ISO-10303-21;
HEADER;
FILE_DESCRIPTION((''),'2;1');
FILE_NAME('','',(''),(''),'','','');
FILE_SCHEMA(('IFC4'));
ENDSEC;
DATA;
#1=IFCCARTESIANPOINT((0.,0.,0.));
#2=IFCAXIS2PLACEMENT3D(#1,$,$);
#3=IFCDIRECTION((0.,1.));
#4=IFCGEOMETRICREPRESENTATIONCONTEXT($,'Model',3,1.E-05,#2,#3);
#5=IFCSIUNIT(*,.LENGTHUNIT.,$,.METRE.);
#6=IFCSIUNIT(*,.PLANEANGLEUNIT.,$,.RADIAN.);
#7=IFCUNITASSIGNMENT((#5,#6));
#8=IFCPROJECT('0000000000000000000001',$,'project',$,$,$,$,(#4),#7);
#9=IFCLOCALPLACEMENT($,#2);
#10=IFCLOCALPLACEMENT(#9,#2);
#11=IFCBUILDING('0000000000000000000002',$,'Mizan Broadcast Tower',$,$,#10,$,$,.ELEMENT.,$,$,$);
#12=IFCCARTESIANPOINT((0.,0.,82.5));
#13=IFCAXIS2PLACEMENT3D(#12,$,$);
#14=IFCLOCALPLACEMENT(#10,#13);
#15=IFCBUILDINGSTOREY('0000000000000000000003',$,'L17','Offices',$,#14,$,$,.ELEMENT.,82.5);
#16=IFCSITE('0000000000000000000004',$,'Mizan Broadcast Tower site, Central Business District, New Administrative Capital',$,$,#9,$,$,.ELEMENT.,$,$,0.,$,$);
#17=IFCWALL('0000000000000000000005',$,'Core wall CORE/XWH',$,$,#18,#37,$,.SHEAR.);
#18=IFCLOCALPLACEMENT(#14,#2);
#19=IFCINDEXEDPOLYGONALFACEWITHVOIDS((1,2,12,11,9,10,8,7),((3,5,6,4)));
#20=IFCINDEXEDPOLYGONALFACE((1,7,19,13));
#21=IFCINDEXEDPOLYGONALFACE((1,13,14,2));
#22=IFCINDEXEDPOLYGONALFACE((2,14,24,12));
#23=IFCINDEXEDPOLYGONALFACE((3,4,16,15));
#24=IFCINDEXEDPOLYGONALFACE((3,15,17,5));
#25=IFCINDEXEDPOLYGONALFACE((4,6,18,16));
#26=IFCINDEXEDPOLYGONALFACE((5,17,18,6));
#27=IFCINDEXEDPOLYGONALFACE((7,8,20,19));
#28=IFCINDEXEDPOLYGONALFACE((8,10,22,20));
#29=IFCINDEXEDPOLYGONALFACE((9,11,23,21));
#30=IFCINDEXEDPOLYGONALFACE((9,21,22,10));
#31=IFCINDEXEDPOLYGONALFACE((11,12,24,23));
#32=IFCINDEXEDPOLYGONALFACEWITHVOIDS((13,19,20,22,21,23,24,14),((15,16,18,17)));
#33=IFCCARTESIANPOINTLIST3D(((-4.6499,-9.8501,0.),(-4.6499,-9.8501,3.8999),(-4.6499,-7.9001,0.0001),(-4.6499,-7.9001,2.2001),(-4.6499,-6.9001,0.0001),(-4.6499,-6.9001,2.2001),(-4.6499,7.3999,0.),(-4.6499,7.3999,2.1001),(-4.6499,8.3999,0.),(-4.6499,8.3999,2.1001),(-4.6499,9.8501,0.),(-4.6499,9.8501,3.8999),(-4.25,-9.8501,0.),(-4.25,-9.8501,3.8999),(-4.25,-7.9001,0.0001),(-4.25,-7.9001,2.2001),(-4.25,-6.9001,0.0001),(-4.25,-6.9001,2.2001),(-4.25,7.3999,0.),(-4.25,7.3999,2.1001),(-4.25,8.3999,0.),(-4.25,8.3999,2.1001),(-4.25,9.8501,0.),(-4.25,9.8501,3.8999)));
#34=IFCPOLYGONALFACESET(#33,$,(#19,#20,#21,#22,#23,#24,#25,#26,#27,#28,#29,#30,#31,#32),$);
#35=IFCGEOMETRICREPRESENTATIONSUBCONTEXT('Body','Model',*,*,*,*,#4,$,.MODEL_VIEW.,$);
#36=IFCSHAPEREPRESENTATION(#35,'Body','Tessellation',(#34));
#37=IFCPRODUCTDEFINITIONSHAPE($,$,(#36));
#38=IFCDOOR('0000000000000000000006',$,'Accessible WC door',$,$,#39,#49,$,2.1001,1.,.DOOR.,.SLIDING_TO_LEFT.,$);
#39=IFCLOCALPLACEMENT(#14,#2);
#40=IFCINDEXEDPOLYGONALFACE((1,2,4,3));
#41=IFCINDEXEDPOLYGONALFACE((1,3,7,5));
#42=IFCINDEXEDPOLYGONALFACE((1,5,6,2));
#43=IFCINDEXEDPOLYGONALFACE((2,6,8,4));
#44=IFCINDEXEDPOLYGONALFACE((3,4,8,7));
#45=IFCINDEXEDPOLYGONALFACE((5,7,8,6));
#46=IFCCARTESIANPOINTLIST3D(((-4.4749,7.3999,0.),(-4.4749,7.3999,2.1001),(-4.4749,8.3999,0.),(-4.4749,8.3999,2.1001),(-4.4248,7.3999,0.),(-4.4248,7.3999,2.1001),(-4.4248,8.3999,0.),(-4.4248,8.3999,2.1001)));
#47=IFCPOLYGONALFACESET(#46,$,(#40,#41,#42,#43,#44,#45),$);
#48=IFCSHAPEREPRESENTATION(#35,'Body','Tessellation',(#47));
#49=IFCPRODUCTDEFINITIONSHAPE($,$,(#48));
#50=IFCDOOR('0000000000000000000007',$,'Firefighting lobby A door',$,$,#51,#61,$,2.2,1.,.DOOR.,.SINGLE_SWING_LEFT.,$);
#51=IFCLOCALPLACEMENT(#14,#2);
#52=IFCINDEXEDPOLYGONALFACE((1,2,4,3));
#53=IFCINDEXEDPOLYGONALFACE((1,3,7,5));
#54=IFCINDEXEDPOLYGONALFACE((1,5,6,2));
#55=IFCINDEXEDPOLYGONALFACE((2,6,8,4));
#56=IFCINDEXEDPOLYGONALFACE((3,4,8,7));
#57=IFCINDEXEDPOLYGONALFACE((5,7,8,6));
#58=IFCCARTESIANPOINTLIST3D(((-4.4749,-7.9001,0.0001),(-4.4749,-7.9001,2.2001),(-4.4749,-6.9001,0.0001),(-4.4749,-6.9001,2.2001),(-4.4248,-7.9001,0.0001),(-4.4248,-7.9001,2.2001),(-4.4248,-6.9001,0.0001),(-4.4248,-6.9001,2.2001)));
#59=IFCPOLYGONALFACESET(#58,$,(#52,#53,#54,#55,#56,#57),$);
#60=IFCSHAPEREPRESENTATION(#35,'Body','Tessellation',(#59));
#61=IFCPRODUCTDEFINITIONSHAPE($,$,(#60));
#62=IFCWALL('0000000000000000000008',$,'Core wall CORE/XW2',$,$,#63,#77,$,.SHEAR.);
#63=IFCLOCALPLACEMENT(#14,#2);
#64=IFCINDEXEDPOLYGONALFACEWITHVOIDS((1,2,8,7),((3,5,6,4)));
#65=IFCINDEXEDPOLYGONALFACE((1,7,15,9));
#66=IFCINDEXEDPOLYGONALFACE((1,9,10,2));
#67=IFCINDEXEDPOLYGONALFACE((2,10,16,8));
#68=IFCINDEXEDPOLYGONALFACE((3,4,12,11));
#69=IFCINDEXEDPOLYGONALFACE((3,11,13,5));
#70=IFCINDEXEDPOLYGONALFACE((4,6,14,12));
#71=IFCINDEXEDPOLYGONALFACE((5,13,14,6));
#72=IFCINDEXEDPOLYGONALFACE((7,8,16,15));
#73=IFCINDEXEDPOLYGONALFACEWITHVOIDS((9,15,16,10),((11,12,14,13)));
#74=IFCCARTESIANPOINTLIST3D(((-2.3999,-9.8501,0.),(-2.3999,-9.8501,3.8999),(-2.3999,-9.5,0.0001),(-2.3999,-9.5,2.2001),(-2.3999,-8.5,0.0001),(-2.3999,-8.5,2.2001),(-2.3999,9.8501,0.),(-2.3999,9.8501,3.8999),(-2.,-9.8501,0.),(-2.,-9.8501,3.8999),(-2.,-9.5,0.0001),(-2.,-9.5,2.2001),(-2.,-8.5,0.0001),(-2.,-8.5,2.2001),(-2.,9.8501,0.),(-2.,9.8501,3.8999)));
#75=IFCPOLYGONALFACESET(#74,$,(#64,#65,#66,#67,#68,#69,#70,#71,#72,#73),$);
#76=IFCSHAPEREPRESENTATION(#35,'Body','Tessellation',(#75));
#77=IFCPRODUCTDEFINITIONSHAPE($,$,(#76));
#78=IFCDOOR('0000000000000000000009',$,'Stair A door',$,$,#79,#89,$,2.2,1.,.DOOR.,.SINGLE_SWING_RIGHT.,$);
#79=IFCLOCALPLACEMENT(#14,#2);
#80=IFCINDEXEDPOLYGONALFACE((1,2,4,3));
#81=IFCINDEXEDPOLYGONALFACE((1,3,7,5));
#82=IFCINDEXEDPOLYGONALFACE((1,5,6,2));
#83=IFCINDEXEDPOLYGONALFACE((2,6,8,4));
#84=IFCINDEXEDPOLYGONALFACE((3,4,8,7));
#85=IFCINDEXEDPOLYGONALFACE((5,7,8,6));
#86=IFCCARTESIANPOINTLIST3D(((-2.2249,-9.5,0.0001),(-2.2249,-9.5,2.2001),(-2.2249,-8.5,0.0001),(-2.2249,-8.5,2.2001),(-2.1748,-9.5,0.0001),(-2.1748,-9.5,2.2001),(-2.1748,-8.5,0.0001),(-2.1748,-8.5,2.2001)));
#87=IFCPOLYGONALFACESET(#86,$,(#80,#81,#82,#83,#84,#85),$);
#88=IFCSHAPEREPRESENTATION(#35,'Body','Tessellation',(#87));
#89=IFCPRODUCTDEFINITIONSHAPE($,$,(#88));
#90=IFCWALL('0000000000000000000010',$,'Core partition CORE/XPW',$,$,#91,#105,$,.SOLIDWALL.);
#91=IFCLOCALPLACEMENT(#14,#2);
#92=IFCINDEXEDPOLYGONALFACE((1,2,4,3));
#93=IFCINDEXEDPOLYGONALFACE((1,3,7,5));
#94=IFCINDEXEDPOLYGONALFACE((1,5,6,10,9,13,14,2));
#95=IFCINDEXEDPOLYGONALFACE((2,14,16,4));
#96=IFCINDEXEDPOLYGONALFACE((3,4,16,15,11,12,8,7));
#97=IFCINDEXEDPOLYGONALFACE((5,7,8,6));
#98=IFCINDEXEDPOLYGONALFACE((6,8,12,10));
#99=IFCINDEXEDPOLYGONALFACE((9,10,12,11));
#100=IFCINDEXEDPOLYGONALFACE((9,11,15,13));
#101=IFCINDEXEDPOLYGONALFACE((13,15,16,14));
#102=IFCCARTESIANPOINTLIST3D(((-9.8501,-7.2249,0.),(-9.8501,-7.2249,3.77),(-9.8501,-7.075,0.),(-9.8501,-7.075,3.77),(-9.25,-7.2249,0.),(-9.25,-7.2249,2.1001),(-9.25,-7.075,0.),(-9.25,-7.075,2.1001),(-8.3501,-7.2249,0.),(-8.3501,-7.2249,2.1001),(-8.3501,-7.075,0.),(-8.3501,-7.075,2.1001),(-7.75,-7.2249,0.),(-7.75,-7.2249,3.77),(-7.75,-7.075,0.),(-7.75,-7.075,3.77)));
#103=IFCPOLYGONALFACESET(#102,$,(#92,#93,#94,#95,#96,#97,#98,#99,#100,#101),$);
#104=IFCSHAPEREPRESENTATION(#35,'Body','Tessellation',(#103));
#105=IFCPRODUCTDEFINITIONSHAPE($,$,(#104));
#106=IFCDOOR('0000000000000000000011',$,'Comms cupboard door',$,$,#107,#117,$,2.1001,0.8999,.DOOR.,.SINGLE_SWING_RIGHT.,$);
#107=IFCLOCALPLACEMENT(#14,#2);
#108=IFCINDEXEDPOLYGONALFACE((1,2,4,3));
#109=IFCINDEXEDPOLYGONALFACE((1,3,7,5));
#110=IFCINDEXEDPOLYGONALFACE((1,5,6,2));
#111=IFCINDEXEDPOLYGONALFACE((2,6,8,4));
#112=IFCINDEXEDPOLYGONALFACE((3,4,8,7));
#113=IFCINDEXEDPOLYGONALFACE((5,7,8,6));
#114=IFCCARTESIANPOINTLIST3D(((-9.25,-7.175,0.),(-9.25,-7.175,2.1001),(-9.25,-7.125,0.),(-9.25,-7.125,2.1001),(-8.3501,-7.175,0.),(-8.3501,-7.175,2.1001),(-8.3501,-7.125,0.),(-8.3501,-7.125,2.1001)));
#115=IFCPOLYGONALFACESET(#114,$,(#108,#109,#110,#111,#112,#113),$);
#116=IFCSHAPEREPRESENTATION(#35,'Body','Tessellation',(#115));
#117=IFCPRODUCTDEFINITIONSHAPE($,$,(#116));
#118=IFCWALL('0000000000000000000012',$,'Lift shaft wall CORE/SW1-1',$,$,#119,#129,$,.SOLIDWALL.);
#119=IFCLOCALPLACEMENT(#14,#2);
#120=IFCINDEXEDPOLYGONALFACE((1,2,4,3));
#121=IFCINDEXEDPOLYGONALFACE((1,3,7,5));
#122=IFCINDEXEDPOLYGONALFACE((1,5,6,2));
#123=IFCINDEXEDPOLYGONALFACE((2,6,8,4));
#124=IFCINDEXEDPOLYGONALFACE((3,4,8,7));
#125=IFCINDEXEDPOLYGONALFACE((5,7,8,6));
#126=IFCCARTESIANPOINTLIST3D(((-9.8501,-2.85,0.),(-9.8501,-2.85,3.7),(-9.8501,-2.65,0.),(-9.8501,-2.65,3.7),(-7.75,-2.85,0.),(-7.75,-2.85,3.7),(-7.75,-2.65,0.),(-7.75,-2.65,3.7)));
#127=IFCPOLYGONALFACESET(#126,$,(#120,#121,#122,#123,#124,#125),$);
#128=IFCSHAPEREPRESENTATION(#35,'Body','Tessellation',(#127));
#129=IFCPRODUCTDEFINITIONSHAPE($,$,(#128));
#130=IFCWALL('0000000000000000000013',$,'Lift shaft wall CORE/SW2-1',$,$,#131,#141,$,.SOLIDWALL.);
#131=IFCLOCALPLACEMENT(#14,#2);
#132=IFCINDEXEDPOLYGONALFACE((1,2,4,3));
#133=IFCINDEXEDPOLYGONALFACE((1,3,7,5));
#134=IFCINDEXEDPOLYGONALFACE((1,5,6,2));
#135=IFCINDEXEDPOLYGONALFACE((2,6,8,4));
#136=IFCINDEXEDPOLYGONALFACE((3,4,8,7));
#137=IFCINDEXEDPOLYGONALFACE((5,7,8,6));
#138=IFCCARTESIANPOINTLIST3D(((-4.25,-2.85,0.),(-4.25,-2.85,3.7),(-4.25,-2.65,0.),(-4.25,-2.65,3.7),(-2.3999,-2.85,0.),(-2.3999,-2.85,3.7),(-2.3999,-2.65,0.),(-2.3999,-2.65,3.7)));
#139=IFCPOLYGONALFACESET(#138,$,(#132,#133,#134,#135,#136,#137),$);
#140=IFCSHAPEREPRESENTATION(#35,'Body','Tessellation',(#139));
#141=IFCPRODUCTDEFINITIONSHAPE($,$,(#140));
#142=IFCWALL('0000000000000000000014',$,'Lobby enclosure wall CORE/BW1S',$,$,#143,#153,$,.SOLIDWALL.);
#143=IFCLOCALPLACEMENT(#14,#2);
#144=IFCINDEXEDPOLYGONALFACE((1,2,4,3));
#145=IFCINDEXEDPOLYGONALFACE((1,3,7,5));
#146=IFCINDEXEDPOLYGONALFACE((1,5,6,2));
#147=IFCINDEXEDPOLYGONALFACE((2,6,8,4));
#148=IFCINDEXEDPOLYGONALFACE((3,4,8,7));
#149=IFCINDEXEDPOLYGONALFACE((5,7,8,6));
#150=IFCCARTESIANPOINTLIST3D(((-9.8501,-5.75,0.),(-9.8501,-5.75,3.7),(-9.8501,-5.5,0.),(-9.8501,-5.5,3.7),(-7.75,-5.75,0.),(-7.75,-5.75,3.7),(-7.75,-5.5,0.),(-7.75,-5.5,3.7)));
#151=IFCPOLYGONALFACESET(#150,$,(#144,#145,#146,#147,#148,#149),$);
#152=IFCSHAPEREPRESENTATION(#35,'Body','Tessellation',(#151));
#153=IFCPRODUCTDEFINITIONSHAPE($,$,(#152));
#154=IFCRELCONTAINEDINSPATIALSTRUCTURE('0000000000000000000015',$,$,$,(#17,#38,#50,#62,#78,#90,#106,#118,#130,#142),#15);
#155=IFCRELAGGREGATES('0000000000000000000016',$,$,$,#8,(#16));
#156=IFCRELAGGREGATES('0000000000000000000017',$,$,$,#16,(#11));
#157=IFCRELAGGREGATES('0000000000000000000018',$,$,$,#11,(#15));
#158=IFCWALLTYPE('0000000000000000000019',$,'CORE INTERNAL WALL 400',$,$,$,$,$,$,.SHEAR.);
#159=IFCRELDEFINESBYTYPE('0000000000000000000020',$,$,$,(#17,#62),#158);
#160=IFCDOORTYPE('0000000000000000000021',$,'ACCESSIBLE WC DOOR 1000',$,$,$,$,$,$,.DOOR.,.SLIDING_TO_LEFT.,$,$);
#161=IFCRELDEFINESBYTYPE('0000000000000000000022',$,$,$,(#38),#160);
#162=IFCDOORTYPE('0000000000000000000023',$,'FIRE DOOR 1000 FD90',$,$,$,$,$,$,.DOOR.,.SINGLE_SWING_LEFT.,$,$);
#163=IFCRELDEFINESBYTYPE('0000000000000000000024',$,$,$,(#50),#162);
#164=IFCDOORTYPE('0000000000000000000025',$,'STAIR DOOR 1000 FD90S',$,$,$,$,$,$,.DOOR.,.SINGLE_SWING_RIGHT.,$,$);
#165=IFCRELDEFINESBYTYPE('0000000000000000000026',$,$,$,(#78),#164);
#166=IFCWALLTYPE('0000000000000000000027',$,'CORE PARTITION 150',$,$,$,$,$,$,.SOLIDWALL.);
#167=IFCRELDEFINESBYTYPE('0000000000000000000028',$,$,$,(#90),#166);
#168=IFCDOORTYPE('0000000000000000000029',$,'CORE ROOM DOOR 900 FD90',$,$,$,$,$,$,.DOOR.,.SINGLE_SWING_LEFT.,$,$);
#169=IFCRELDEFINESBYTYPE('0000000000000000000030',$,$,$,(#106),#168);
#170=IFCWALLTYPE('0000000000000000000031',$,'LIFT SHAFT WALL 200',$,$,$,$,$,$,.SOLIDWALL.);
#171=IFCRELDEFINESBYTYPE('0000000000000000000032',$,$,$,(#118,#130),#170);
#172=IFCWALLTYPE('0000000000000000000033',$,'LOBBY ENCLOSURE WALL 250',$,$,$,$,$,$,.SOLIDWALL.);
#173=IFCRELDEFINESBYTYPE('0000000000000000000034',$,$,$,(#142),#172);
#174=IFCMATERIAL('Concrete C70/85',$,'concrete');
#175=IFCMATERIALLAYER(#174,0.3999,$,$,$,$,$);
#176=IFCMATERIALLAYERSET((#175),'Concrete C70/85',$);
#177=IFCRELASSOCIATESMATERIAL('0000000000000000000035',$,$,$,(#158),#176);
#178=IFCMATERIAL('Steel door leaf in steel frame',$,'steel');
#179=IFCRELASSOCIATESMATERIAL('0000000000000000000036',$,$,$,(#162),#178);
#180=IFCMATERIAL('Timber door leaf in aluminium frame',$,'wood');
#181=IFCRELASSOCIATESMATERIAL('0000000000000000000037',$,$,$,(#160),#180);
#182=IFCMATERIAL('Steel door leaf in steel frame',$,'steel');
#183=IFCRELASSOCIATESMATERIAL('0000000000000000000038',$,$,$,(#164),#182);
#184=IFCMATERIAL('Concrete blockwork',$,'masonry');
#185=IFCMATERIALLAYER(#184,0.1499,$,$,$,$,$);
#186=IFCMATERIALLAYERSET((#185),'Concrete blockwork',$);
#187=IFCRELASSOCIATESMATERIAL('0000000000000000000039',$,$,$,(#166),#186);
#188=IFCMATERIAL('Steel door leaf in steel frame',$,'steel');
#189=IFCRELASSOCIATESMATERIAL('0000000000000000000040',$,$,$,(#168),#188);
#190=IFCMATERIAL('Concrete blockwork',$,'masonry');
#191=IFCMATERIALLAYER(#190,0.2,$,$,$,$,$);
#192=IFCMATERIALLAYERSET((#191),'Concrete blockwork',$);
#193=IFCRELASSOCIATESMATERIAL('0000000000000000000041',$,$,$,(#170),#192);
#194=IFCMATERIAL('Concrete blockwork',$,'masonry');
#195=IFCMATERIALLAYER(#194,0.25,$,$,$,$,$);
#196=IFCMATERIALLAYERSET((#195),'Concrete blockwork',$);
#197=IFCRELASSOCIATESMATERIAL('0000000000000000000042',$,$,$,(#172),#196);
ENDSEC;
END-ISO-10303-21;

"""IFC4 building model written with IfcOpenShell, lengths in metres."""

from ifc_helpers import new_model, si_unit, direction, frame, frame_2d, origin, place, context, subcontext, project, spatial, rectangle, extrude, material, layer, layer_set, type_object, element, fill, save


model = new_model("IFC4")

# Units and contexts
model_context = context("Model", 3, precision=1e-05, world=origin(), true_north=direction((0.0, 1.0)))
body_context = subcontext(model_context, "Body", "Model", "MODEL_VIEW")
ifc_project = project(units=[si_unit("LENGTHUNIT", "METRE"), si_unit("PLANEANGLEUNIT", "RADIAN")], contexts=[model_context])

# Site, building, storey
site_placement = place(None, origin())
site = spatial("IfcSite", under=ifc_project, at=site_placement, Name="Mizan Broadcast Tower site, Central Business District, New Administrative Capital", CompositionType="ELEMENT", RefElevation=0.0)
building_placement = place(site_placement, origin())
building = spatial("IfcBuilding", under=site, at=building_placement, Name="Mizan Broadcast Tower", CompositionType="ELEMENT")
storey_placement = place(building_placement, frame((0.0, 0.0, 82.5)))
storey = spatial("IfcBuildingStorey", under=building, at=storey_placement, Name="L17", Description="Offices", CompositionType="ELEMENT", Elevation=82.5)

# Wall, openings, doors
ifc_material_1 = material(Name="Concrete C70/85", Category="concrete")
ifc_layer_1 = layer(ifc_material_1, 0.3999)
ifc_layer_set_1 = layer_set([ifc_layer_1], Name="Concrete C70/85")
wall_type_1 = type_object("IfcWallType", Name="CORE INTERNAL WALL 400", PredefinedType="SHEAR", material=ifc_layer_set_1)
ifc_material_2 = material(Name="Steel door leaf in steel frame", Category="steel")
door_type_1 = type_object("IfcDoorType", Name="FIRE DOOR 1000 FD90", OperationType="SINGLE_SWING_LEFT", PredefinedType="DOOR", material=ifc_material_2)
wall_1_placement = place(storey_placement, frame((-4.45, -9.8501, 0.0), z_axis=(0.0, 0.0, 1.0), x_axis=(0.0, 1.0, 0.0)))
wall_1 = element("IfcWall", 1, at=wall_1_placement, inside=storey, type_object=wall_type_1, Name="Core wall CORE/XWH", PredefinedType="SHEAR", context=body_context, shape_type="SweptSolid", body=[
    extrude(rectangle(XDim=19.7002, YDim=0.3999, at=frame_2d((9.8501, 0.0))), origin(), (0.0, 0.0, 1.0), 3.8999),
])
opening_1_placement = place(wall_1_placement, frame((1.95, 0.0, 0.0)))
opening_1 = element("IfcOpeningElement", 2, at=opening_1_placement, cuts=wall_1, PredefinedType="OPENING", context=body_context, shape_type="SweptSolid", body=[
    extrude(rectangle(XDim=1.0, YDim=2.2, at=frame_2d((0.5, 1.1001))), frame((0.0, 0.21, 0.0), z_axis=(0.0, -1.0, 0.0), x_axis=(1.0, 0.0, 0.0)), (0.0, 0.0, 1.0), 0.4199),
])
opening_2_placement = place(wall_1_placement, frame((17.25, 0.0, 0.0)))
opening_2 = element("IfcOpeningElement", 3, at=opening_2_placement, cuts=wall_1, PredefinedType="OPENING", context=body_context, shape_type="SweptSolid", body=[
    extrude(rectangle(XDim=1.0, YDim=2.1001, at=frame_2d((0.5, 1.05))), frame((0.0, 0.21, 0.0), z_axis=(0.0, -1.0, 0.0), x_axis=(1.0, 0.0, 0.0)), (0.0, 0.0, 1.0), 0.4199),
])
ifc_material_3 = material(Name="Timber door leaf in aluminium frame", Category="wood")
door_type_2 = type_object("IfcDoorType", Name="ACCESSIBLE WC DOOR 1000", OperationType="SLIDING_TO_LEFT", PredefinedType="DOOR", material=ifc_material_3)
door_1_placement = place(opening_2_placement, origin())
door_1 = element("IfcDoor", 4, at=door_1_placement, inside=storey, type_object=door_type_2, Name="Accessible WC door", OperationType="SLIDING_TO_LEFT", OverallHeight=2.1001, OverallWidth=1.0, PredefinedType="DOOR", context=body_context, shape_type="SweptSolid", body=[
    extrude(rectangle(XDim=1.0, YDim=2.1001, at=frame_2d((0.5, 1.05))), frame((0.0, 0.0249, 0.0), z_axis=(0.0, -1.0, 0.0), x_axis=(1.0, 0.0, 0.0)), (0.0, 0.0, 1.0), 0.05),
])
fill(opening_2, door_1)
door_2_placement = place(opening_1_placement, origin())
door_2 = element("IfcDoor", 5, at=door_2_placement, inside=storey, type_object=door_type_1, Name="Firefighting lobby A door", OperationType="SINGLE_SWING_LEFT", OverallHeight=2.2, OverallWidth=1.0, PredefinedType="DOOR", context=body_context, shape_type="SweptSolid", body=[
    extrude(rectangle(XDim=1.0, YDim=2.2, at=frame_2d((0.5, 1.1001))), frame((0.0, 0.0249, 0.0), z_axis=(0.0, -1.0, 0.0), x_axis=(1.0, 0.0, 0.0)), (0.0, 0.0, 1.0), 0.05),
])
fill(opening_1, door_2)

# Walls, openings, doors
wall_2_placement = place(storey_placement, frame((-2.2, -9.8501, 0.0), z_axis=(0.0, 0.0, 1.0), x_axis=(0.0, 1.0, 0.0)))
wall_2 = element("IfcWall", 6, at=wall_2_placement, inside=storey, type_object=wall_type_1, Name="Core wall CORE/XW2", PredefinedType="SHEAR", context=body_context, shape_type="SweptSolid", body=[
    extrude(rectangle(XDim=19.7002, YDim=0.3999, at=frame_2d((9.8501, 0.0))), origin(), (0.0, 0.0, 1.0), 3.8999),
])
opening_3_placement = place(wall_2_placement, frame((0.3501, 0.0, 0.0)))
opening_3 = element("IfcOpeningElement", 7, at=opening_3_placement, cuts=wall_2, PredefinedType="OPENING", context=body_context, shape_type="SweptSolid", body=[
    extrude(rectangle(XDim=1.0, YDim=2.2, at=frame_2d((0.5, 1.1001))), frame((0.0, 0.21, 0.0), z_axis=(0.0, -1.0, 0.0), x_axis=(1.0, 0.0, 0.0)), (0.0, 0.0, 1.0), 0.4199),
])
ifc_material_4 = material(Name="Steel door leaf in steel frame", Category="steel")
door_type_3 = type_object("IfcDoorType", Name="STAIR DOOR 1000 FD90S", OperationType="SINGLE_SWING_RIGHT", PredefinedType="DOOR", material=ifc_material_4)
door_3_placement = place(opening_3_placement, origin())
door_3 = element("IfcDoor", 8, at=door_3_placement, inside=storey, type_object=door_type_3, Name="Stair A door", OperationType="SINGLE_SWING_RIGHT", OverallHeight=2.2, OverallWidth=1.0, PredefinedType="DOOR", context=body_context, shape_type="SweptSolid", body=[
    extrude(rectangle(XDim=1.0, YDim=2.2, at=frame_2d((0.5, 1.1001))), frame((0.0, 0.0249, 0.0), z_axis=(0.0, -1.0, 0.0), x_axis=(1.0, 0.0, 0.0)), (0.0, 0.0, 1.0), 0.05),
])
fill(opening_3, door_3)
ifc_material_5 = material(Name="Concrete blockwork", Category="masonry")
ifc_layer_2 = layer(ifc_material_5, 0.1499)
ifc_layer_set_2 = layer_set([ifc_layer_2], Name="Concrete blockwork")
wall_type_2 = type_object("IfcWallType", Name="CORE PARTITION 150", PredefinedType="SOLIDWALL", material=ifc_layer_set_2)
wall_3_placement = place(storey_placement, frame((-9.8501, -7.1499, 0.0), z_axis=(0.0, 0.0, 1.0), x_axis=(1.0, 0.0, 0.0)))
wall_3 = element("IfcWall", 9, at=wall_3_placement, inside=storey, type_object=wall_type_2, Name="Core partition CORE/XPW", PredefinedType="SOLIDWALL", context=body_context, shape_type="SweptSolid", body=[
    extrude(rectangle(XDim=2.1001, YDim=0.1499, at=frame_2d((1.05, 0.0))), origin(), (0.0, 0.0, 1.0), 3.77),
])
opening_4_placement = place(wall_3_placement, frame((0.6001, 0.0, 0.0)))
opening_4 = element("IfcOpeningElement", 10, at=opening_4_placement, cuts=wall_3, PredefinedType="OPENING", context=body_context, shape_type="SweptSolid", body=[
    extrude(rectangle(XDim=0.8999, YDim=2.1001, at=frame_2d((0.45, 1.05))), frame((0.0, 0.085, 0.0), z_axis=(0.0, -1.0, 0.0), x_axis=(1.0, 0.0, 0.0)), (0.0, 0.0, 1.0), 0.1699),
])
ifc_material_6 = material(Name="Steel door leaf in steel frame", Category="steel")
door_type_4 = type_object("IfcDoorType", Name="CORE ROOM DOOR 900 FD90", OperationType="SINGLE_SWING_LEFT", PredefinedType="DOOR", material=ifc_material_6)
door_4_placement = place(opening_4_placement, origin())
door_4 = element("IfcDoor", 11, at=door_4_placement, inside=storey, type_object=door_type_4, Name="Comms cupboard door", OperationType="SINGLE_SWING_RIGHT", OverallHeight=2.1001, OverallWidth=0.8999, PredefinedType="DOOR", context=body_context, shape_type="SweptSolid", body=[
    extrude(rectangle(XDim=0.8999, YDim=2.1001, at=frame_2d((0.45, 1.05))), frame((0.0, 0.0249, 0.0), z_axis=(0.0, -1.0, 0.0), x_axis=(1.0, 0.0, 0.0)), (0.0, 0.0, 1.0), 0.05),
])
fill(opening_4, door_4)

# Walls
ifc_material_7 = material(Name="Concrete blockwork", Category="masonry")
ifc_layer_3 = layer(ifc_material_7, 0.2)
ifc_layer_set_3 = layer_set([ifc_layer_3], Name="Concrete blockwork")
wall_type_3 = type_object("IfcWallType", Name="LIFT SHAFT WALL 200", PredefinedType="SOLIDWALL", material=ifc_layer_set_3)
wall_4_placement = place(storey_placement, frame((-9.8501, -2.75, 0.0), z_axis=(0.0, 0.0, 1.0), x_axis=(1.0, 0.0, 0.0)))
element("IfcWall", 12, at=wall_4_placement, inside=storey, type_object=wall_type_3, Name="Lift shaft wall CORE/SW1-1", PredefinedType="SOLIDWALL", context=body_context, shape_type="SweptSolid", body=[
    extrude(rectangle(XDim=2.1001, YDim=0.2, at=frame_2d((1.05, 0.0))), origin(), (0.0, 0.0, 1.0), 3.7),
])
wall_5_placement = place(storey_placement, frame((-4.25, -2.75, 0.0), z_axis=(0.0, 0.0, 1.0), x_axis=(1.0, 0.0, 0.0)))
element("IfcWall", 13, at=wall_5_placement, inside=storey, type_object=wall_type_3, Name="Lift shaft wall CORE/SW2-1", PredefinedType="SOLIDWALL", context=body_context, shape_type="SweptSolid", body=[
    extrude(rectangle(XDim=1.8501, YDim=0.2, at=frame_2d((0.925, 0.0))), origin(), (0.0, 0.0, 1.0), 3.7),
])
ifc_material_8 = material(Name="Concrete blockwork", Category="masonry")
ifc_layer_4 = layer(ifc_material_8, 0.25)
ifc_layer_set_4 = layer_set([ifc_layer_4], Name="Concrete blockwork")
wall_type_4 = type_object("IfcWallType", Name="LOBBY ENCLOSURE WALL 250", PredefinedType="SOLIDWALL", material=ifc_layer_set_4)
wall_6_placement = place(storey_placement, frame((-9.8501, -5.625, 0.0), z_axis=(0.0, 0.0, 1.0), x_axis=(1.0, 0.0, 0.0)))
element("IfcWall", 14, at=wall_6_placement, inside=storey, type_object=wall_type_4, Name="Lobby enclosure wall CORE/BW1S", PredefinedType="SOLIDWALL", context=body_context, shape_type="SweptSolid", body=[
    extrude(rectangle(XDim=2.1001, YDim=0.25, at=frame_2d((1.05, 0.0))), origin(), (0.0, 0.0, 1.0), 3.7),
])

save(model, "model.ifc")
